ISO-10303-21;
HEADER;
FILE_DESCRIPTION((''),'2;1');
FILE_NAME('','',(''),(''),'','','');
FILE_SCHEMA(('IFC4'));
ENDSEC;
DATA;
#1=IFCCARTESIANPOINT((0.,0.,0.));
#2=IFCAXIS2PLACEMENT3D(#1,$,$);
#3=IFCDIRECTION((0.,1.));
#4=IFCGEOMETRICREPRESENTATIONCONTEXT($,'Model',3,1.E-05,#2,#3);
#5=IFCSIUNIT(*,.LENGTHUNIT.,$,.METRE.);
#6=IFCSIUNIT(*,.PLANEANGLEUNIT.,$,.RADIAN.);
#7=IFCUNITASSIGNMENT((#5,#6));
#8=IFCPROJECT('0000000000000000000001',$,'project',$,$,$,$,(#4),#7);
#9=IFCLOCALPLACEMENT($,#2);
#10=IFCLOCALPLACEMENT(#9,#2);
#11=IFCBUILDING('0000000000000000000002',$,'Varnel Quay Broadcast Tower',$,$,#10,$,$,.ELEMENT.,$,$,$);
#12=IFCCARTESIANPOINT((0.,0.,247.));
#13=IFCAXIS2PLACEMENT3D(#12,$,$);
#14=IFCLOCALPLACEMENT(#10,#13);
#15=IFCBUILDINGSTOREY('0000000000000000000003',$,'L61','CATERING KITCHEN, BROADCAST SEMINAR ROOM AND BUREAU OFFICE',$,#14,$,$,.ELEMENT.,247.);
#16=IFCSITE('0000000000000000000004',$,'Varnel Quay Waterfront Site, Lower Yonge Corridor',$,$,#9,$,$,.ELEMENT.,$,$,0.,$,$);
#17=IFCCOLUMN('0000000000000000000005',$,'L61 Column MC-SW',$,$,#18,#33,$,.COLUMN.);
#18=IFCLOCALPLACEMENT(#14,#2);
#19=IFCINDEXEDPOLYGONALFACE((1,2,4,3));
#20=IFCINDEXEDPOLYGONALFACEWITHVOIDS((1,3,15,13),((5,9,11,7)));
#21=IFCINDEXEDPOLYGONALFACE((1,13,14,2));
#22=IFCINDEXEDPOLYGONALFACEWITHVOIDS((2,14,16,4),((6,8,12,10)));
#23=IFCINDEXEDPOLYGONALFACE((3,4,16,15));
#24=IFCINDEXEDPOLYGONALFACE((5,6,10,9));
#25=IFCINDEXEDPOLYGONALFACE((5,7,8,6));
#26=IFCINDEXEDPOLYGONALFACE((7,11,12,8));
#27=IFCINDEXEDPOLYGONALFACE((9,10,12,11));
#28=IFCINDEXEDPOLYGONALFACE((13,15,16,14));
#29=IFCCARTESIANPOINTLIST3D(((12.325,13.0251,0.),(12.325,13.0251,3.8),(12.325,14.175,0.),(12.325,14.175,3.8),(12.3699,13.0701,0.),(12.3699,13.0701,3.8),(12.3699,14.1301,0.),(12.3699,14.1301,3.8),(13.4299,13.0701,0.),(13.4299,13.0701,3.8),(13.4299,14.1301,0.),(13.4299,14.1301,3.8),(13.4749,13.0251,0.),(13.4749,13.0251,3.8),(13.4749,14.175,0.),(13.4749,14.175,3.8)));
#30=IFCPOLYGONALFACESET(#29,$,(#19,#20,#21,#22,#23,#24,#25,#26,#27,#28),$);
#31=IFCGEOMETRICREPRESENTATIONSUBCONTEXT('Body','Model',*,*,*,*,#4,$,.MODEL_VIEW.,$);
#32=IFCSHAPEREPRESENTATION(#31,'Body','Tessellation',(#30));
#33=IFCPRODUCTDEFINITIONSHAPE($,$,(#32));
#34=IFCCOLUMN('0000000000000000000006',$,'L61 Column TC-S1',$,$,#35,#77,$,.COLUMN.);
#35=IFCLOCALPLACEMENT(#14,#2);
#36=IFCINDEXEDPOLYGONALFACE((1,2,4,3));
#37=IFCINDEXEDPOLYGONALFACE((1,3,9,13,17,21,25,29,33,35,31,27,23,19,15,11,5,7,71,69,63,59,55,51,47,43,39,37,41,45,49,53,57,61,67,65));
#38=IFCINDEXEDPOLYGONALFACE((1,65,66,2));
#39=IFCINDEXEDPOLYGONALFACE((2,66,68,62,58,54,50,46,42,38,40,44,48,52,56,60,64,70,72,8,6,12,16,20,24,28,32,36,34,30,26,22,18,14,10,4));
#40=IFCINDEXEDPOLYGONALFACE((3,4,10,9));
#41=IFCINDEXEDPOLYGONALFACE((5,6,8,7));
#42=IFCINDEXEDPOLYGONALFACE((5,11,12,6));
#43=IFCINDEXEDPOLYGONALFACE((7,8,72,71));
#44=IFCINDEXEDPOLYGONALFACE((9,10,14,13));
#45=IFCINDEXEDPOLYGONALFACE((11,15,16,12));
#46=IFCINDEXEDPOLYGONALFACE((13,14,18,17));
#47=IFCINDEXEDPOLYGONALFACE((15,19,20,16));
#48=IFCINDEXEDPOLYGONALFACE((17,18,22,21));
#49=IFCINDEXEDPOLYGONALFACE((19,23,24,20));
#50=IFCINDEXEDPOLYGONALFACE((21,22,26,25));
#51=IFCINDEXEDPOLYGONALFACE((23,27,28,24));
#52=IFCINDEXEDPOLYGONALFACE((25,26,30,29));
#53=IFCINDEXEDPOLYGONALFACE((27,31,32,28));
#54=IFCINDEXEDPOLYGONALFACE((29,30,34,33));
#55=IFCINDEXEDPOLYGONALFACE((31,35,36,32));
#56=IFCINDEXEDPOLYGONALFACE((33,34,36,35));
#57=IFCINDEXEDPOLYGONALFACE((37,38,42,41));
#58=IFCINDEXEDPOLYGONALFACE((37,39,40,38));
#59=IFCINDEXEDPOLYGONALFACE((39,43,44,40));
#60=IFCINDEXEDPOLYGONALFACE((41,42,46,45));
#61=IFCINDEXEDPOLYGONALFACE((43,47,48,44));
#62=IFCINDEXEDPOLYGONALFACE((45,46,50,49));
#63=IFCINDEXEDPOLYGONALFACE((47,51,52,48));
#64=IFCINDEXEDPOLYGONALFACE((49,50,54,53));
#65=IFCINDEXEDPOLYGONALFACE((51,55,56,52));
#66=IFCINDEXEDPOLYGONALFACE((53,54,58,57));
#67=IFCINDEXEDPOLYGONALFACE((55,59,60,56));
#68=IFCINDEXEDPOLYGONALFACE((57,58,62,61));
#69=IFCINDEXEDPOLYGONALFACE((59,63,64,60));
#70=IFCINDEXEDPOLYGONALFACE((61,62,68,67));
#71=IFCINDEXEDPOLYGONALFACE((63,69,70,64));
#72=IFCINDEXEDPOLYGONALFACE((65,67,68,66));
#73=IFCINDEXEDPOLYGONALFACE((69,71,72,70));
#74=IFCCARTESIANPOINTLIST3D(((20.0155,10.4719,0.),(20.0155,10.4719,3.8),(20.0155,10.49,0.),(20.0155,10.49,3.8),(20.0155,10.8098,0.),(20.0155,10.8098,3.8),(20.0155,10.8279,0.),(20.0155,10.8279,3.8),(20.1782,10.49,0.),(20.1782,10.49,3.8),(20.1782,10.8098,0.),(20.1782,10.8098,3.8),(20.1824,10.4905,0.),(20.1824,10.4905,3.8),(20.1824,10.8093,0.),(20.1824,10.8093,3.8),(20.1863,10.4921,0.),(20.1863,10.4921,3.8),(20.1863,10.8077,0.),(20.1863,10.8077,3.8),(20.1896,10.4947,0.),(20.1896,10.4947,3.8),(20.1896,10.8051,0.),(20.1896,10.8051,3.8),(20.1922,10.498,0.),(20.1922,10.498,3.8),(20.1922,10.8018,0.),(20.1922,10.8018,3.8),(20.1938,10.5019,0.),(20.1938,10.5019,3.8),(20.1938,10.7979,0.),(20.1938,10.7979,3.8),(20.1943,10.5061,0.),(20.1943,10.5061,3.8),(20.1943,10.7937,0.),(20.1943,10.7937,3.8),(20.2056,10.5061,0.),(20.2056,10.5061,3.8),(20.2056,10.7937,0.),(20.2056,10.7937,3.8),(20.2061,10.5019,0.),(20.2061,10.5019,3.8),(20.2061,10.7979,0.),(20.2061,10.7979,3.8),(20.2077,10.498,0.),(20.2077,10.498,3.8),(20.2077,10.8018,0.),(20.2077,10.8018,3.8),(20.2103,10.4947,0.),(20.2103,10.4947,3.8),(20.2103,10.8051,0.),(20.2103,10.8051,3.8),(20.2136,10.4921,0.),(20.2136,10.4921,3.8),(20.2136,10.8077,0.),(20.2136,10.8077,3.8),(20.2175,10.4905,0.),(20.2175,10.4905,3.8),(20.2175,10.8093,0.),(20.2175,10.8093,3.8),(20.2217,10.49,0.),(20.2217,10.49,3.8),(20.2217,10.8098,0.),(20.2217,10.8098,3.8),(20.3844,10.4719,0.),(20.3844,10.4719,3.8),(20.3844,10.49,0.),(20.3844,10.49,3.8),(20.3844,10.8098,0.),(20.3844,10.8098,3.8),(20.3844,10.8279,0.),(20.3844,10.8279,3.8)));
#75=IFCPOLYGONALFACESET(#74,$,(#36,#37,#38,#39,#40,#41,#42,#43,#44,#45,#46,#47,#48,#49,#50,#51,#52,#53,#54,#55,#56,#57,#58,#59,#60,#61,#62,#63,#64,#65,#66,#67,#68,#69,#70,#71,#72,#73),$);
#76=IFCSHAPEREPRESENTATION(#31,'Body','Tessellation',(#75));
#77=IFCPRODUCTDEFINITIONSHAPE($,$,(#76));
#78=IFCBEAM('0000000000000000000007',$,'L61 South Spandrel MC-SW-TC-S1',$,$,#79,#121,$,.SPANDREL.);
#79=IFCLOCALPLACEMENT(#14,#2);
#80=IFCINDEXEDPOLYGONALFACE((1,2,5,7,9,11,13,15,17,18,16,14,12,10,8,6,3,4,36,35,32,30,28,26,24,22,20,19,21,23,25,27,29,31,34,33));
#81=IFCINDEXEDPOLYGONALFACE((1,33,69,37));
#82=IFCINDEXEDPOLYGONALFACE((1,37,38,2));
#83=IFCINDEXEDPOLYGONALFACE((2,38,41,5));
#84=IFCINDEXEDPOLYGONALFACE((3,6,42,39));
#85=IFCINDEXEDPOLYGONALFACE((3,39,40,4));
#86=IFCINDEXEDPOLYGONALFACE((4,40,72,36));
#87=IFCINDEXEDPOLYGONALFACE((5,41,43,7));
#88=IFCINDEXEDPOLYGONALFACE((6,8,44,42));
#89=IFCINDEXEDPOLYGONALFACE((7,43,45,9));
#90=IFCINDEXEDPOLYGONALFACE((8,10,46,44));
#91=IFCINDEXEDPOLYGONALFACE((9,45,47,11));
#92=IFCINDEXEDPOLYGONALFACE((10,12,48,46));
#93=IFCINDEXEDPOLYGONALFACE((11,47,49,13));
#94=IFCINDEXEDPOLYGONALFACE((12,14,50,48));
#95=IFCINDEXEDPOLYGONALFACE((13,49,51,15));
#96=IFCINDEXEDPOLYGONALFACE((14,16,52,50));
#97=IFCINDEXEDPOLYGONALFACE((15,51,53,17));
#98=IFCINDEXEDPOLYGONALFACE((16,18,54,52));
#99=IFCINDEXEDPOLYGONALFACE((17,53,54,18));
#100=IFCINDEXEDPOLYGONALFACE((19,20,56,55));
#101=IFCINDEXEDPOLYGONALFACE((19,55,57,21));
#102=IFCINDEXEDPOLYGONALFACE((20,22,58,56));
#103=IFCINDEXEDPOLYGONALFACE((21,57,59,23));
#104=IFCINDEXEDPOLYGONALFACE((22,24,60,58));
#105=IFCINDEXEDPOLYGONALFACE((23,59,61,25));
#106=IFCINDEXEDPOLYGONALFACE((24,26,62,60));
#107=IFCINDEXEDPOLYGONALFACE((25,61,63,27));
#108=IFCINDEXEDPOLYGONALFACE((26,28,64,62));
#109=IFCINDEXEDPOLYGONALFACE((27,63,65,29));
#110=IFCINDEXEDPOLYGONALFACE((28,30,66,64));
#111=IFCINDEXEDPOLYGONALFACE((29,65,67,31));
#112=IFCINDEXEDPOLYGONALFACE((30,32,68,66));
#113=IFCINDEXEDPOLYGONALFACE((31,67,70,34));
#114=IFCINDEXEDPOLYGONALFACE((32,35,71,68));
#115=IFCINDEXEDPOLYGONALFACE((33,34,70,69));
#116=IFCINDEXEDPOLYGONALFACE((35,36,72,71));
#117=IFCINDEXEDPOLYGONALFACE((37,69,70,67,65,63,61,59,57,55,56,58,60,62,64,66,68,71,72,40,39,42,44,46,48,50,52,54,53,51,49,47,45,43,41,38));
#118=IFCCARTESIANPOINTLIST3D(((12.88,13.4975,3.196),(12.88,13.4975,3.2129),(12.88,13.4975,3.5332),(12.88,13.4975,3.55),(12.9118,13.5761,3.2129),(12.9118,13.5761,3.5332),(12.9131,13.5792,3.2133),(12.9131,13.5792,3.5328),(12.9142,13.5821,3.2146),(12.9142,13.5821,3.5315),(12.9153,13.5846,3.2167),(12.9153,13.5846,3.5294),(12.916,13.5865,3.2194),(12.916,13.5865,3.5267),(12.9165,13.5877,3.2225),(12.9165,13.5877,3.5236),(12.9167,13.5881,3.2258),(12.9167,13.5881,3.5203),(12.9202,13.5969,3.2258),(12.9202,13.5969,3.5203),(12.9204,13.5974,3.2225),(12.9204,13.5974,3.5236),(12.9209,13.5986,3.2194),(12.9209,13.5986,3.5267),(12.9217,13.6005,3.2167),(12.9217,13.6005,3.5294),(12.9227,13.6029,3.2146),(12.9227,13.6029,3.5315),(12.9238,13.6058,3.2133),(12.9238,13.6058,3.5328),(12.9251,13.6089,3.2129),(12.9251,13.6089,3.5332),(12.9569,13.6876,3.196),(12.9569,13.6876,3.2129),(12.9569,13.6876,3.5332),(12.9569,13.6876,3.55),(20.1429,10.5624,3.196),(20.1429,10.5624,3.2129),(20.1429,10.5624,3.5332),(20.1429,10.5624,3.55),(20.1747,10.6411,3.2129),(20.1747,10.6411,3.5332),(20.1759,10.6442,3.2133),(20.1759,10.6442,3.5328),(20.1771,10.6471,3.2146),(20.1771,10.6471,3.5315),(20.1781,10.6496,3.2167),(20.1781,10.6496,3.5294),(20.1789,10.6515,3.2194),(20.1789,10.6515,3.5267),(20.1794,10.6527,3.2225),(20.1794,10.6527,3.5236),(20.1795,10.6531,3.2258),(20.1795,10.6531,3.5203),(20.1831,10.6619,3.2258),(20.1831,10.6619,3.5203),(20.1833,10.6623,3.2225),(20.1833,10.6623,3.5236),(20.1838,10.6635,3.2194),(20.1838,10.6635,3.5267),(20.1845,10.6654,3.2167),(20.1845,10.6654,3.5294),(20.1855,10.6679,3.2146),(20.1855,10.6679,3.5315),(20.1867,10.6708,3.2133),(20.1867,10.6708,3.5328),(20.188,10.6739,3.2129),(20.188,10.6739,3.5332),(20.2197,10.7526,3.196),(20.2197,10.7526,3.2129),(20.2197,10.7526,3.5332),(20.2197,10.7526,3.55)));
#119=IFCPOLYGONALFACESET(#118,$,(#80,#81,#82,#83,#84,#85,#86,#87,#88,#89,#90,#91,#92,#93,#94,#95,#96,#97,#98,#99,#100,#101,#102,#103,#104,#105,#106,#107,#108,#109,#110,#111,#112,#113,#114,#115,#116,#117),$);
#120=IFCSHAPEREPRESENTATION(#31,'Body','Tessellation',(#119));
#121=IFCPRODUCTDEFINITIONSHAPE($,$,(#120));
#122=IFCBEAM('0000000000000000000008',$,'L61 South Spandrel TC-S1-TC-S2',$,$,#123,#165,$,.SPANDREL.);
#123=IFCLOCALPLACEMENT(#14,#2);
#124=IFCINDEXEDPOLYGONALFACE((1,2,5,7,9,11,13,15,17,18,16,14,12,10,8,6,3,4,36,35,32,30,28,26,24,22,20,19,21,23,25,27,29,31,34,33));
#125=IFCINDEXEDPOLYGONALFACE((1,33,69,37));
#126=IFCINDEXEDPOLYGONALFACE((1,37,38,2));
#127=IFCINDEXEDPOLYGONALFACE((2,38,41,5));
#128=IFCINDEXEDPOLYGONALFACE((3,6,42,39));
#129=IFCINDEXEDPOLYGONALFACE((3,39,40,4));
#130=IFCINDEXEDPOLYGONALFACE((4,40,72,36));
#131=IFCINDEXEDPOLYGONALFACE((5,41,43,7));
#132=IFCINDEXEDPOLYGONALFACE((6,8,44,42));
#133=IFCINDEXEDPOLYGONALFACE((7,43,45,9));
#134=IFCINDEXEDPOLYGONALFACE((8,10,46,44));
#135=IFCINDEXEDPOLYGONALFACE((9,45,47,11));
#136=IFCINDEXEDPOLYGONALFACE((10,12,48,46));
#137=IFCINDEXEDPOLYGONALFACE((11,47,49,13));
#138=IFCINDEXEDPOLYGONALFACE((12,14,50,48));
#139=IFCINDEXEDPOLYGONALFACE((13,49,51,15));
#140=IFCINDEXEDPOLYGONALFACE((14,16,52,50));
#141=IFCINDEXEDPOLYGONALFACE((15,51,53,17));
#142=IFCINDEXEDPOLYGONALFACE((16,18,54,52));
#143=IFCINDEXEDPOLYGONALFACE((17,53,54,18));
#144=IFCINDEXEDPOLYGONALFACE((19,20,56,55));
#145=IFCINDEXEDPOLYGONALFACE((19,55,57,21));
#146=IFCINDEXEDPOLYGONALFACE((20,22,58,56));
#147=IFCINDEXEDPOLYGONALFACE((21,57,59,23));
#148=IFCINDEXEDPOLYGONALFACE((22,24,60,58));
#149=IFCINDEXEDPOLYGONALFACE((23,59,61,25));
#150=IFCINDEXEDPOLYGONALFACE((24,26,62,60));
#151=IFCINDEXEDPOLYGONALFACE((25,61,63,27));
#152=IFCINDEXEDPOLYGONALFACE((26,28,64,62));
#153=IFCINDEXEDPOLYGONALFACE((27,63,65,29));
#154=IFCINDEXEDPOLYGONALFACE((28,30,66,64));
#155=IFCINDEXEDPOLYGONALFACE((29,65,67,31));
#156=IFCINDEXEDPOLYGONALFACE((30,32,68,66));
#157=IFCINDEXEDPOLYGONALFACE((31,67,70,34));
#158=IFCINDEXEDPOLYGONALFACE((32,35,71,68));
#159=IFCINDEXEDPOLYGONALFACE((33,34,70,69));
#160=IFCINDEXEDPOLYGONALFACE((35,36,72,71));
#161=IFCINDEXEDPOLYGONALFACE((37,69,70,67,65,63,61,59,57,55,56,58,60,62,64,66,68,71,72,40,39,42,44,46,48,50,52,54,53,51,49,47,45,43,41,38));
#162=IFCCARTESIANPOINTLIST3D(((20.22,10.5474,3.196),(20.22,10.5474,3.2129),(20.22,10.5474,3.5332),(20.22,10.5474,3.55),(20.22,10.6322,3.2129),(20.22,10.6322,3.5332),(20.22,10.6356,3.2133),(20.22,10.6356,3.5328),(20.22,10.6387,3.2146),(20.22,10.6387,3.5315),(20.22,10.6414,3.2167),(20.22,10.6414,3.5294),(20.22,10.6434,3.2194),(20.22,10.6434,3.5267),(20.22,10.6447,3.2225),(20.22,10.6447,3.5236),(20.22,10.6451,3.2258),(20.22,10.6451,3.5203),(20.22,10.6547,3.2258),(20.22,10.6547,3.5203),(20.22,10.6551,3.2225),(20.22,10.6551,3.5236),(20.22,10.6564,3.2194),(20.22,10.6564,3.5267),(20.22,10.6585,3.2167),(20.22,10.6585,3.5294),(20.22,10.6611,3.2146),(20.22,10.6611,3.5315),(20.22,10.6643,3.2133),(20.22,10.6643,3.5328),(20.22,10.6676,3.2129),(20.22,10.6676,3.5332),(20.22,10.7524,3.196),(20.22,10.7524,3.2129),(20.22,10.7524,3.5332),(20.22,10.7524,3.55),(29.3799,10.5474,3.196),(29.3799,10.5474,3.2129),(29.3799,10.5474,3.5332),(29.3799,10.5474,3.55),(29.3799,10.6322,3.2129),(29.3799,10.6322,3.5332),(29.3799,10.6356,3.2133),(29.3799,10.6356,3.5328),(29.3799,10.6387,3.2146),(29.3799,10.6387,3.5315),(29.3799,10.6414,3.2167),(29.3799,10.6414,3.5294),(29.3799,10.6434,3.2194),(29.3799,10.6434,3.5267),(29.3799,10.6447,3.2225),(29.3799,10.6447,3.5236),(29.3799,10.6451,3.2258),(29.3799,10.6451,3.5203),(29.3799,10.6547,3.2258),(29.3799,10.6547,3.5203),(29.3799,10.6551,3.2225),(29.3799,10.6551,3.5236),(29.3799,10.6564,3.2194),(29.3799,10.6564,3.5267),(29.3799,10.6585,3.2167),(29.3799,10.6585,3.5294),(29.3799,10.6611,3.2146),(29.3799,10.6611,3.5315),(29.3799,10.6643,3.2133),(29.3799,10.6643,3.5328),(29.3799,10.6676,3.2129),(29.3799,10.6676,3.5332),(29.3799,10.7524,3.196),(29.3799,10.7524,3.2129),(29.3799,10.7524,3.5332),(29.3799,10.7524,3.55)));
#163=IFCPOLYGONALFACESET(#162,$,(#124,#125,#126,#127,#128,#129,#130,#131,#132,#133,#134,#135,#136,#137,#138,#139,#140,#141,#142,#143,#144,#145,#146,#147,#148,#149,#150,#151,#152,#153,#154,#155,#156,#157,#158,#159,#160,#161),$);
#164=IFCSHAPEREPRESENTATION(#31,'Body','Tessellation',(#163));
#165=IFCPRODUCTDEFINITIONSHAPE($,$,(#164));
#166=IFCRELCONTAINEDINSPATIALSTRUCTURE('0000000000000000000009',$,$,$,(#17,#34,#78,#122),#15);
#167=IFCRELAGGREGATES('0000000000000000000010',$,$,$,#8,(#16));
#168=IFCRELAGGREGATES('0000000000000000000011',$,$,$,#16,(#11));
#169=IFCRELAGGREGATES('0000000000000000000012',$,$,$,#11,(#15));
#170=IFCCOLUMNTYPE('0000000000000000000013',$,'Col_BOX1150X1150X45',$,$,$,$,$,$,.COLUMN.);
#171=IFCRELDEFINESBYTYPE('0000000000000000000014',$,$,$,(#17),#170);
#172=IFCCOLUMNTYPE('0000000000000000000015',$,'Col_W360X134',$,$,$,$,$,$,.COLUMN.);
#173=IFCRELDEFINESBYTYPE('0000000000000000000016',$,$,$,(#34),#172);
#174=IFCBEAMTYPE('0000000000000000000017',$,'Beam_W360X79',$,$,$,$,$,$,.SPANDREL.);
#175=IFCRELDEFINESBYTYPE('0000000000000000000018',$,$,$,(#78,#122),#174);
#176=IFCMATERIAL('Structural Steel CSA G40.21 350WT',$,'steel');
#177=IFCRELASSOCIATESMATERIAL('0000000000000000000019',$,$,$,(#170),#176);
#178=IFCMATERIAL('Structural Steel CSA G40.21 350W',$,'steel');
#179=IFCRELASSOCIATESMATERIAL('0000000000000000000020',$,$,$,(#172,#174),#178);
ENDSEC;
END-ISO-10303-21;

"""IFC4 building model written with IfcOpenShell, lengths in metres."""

from ifc_helpers import new_model, si_unit, direction, frame, origin, origin_2d, place, context, subcontext, project, spatial, hollow_rectangle, i_section, extrude, source, transform, mapped, material, material_profile, profile_set, type_object, type_shapes, element, save


model = new_model("IFC4")

# Units and contexts
model_context = context("Model", 3, precision=1e-05, world=origin(), true_north=direction((0.0, 1.0)))
body_context = subcontext(model_context, "Body", "Model", "MODEL_VIEW")
ifc_project = project(units=[si_unit("LENGTHUNIT", "METRE"), si_unit("PLANEANGLEUNIT", "RADIAN")], contexts=[model_context])

# Site, building, storey
site_placement = place(None, origin())
site = spatial("IfcSite", under=ifc_project, at=site_placement, Name="Varnel Quay Waterfront Site, Lower Yonge Corridor", CompositionType="ELEMENT", RefElevation=0.0)
building_placement = place(site_placement, origin())
building = spatial("IfcBuilding", under=site, at=building_placement, Name="Varnel Quay Broadcast Tower", CompositionType="ELEMENT")
storey_placement = place(building_placement, frame((0.0, 0.0, 247.0)))
storey = spatial("IfcBuildingStorey", under=building, at=storey_placement, Name="L61", Description="CATERING KITCHEN, BROADCAST SEMINAR ROOM AND BUREAU OFFICE", CompositionType="ELEMENT", Elevation=247.0)

# Columns
ifc_material_1 = material(Name="Structural Steel CSA G40.21 350WT", Category="steel")
ifc_material_profile_1 = material_profile(ifc_material_1, hollow_rectangle(XDim=1.1499, YDim=1.1499, WallThickness=0.0449, at=origin_2d()), Name="BOX1150X1150X45")
ifc_profile_set_1 = profile_set([ifc_material_profile_1], Name="Structural Steel CSA G40.21 350WT")
column_type_1 = type_object("IfcColumnType", Name="Col_BOX1150X1150X45", PredefinedType="COLUMN", material=ifc_profile_set_1)
shared_shape_1 = source(origin(), body_context, "Body", "SweptSolid", [
    extrude(hollow_rectangle(XDim=1.1499, YDim=1.1499, WallThickness=0.0449, at=origin_2d()), origin(), (0.0, 0.0, 1.0), 3.8),
])
type_shapes(column_type_1, [shared_shape_1])
column_1_placement = place(storey_placement, frame((12.8999, 13.6001, 0.0), z_axis=(0.0, 0.0, 1.0), x_axis=(1.0, 0.0, 0.0)))
element("IfcColumn", 1, at=column_1_placement, inside=storey, type_object=column_type_1, Name="L61 Column MC-SW", PredefinedType="COLUMN", context=body_context, shape_type="MappedRepresentation", body=[
    mapped(shared_shape_1, transform((0.0, 0.0, 0.0), x_axis=(1.0, 0.0, 0.0), y_axis=(0.0, 1.0, 0.0), z_axis=(0.0, 0.0, 1.0), scale=1.0)),
])
ifc_material_2 = material(Name="Structural Steel CSA G40.21 350W", Category="steel")
ifc_material_profile_2 = material_profile(ifc_material_2, i_section(OverallWidth=0.3689, OverallDepth=0.356, WebThickness=0.0112, FlangeThickness=0.0181, FilletRadius=0.0161, at=origin_2d()), Name="W360X134")
ifc_profile_set_2 = profile_set([ifc_material_profile_2], Name="Structural Steel CSA G40.21 350W")
column_type_2 = type_object("IfcColumnType", Name="Col_W360X134", PredefinedType="COLUMN", material=ifc_profile_set_2)
shared_shape_2 = source(origin(), body_context, "Body", "SweptSolid", [
    extrude(i_section(OverallWidth=0.3689, OverallDepth=0.356, WebThickness=0.0112, FlangeThickness=0.0181, FilletRadius=0.0161, at=origin_2d()), origin(), (0.0, 0.0, 1.0), 3.8),
])
type_shapes(column_type_2, [shared_shape_2])
column_2_placement = place(storey_placement, frame((20.2, 10.6499, 0.0), z_axis=(0.0, 0.0, 1.0), x_axis=(1.0, 0.0, 0.0)))
element("IfcColumn", 2, at=column_2_placement, inside=storey, type_object=column_type_2, Name="L61 Column TC-S1", PredefinedType="COLUMN", context=body_context, shape_type="MappedRepresentation", body=[
    mapped(shared_shape_2, transform((0.0, 0.0, 0.0), x_axis=(1.0, 0.0, 0.0), y_axis=(0.0, 1.0, 0.0), z_axis=(0.0, 0.0, 1.0), scale=1.0)),
])

# Beams
ifc_material_profile_3 = material_profile(ifc_material_2, i_section(OverallWidth=0.2051, OverallDepth=0.354, WebThickness=0.0095, FlangeThickness=0.0168, FilletRadius=0.0129, at=origin_2d()), Name="W360X79")
ifc_profile_set_3 = profile_set([ifc_material_profile_3], Name="Structural Steel CSA G40.21 350W")
beam_type_1 = type_object("IfcBeamType", Name="Beam_W360X79", PredefinedType="SPANDREL", material=ifc_profile_set_3)
shared_shape_3 = source(origin(), body_context, "Body", "SweptSolid", [
    extrude(i_section(OverallWidth=0.2051, OverallDepth=0.354, WebThickness=0.0095, FlangeThickness=0.0168, FilletRadius=0.0129, at=origin_2d()), origin(), (0.0, 0.0, 1.0), 7.8335),
])
beam_1_placement = place(storey_placement, frame((12.9185, 13.5925, 3.373), z_axis=(0.927155, -0.374677, 0.0), x_axis=(0.374677, 0.927155, 0.0)))
element("IfcBeam", 3, at=beam_1_placement, inside=storey, type_object=beam_type_1, Name="L61 South Spandrel MC-SW-TC-S1", PredefinedType="SPANDREL", context=body_context, shape_type="MappedRepresentation", body=[
    mapped(shared_shape_3, transform((0.0, 0.0, 0.0), x_axis=(1.0, 0.0, 0.0), y_axis=(0.0, 1.0, 0.0), z_axis=(0.0, 0.0, 1.0), scale=1.0)),
])
shared_shape_4 = source(origin(), body_context, "Body", "SweptSolid", [
    extrude(i_section(OverallWidth=0.2051, OverallDepth=0.354, WebThickness=0.0095, FlangeThickness=0.0168, FilletRadius=0.0129, at=origin_2d()), origin(), (0.0, 0.0, 1.0), 9.1599),
])
beam_2_placement = place(storey_placement, frame((20.22, 10.6499, 3.373), z_axis=(1.0, 0.0, 0.0), x_axis=(0.0, 1.0, 0.0)))
element("IfcBeam", 4, at=beam_2_placement, inside=storey, type_object=beam_type_1, Name="L61 South Spandrel TC-S1-TC-S2", PredefinedType="SPANDREL", context=body_context, shape_type="MappedRepresentation", body=[
    mapped(shared_shape_4, transform((0.0, 0.0, 0.0), x_axis=(1.0, 0.0, 0.0), y_axis=(0.0, 1.0, 0.0), z_axis=(0.0, 0.0, 1.0), scale=1.0)),
])

save(model, "model.ifc")
